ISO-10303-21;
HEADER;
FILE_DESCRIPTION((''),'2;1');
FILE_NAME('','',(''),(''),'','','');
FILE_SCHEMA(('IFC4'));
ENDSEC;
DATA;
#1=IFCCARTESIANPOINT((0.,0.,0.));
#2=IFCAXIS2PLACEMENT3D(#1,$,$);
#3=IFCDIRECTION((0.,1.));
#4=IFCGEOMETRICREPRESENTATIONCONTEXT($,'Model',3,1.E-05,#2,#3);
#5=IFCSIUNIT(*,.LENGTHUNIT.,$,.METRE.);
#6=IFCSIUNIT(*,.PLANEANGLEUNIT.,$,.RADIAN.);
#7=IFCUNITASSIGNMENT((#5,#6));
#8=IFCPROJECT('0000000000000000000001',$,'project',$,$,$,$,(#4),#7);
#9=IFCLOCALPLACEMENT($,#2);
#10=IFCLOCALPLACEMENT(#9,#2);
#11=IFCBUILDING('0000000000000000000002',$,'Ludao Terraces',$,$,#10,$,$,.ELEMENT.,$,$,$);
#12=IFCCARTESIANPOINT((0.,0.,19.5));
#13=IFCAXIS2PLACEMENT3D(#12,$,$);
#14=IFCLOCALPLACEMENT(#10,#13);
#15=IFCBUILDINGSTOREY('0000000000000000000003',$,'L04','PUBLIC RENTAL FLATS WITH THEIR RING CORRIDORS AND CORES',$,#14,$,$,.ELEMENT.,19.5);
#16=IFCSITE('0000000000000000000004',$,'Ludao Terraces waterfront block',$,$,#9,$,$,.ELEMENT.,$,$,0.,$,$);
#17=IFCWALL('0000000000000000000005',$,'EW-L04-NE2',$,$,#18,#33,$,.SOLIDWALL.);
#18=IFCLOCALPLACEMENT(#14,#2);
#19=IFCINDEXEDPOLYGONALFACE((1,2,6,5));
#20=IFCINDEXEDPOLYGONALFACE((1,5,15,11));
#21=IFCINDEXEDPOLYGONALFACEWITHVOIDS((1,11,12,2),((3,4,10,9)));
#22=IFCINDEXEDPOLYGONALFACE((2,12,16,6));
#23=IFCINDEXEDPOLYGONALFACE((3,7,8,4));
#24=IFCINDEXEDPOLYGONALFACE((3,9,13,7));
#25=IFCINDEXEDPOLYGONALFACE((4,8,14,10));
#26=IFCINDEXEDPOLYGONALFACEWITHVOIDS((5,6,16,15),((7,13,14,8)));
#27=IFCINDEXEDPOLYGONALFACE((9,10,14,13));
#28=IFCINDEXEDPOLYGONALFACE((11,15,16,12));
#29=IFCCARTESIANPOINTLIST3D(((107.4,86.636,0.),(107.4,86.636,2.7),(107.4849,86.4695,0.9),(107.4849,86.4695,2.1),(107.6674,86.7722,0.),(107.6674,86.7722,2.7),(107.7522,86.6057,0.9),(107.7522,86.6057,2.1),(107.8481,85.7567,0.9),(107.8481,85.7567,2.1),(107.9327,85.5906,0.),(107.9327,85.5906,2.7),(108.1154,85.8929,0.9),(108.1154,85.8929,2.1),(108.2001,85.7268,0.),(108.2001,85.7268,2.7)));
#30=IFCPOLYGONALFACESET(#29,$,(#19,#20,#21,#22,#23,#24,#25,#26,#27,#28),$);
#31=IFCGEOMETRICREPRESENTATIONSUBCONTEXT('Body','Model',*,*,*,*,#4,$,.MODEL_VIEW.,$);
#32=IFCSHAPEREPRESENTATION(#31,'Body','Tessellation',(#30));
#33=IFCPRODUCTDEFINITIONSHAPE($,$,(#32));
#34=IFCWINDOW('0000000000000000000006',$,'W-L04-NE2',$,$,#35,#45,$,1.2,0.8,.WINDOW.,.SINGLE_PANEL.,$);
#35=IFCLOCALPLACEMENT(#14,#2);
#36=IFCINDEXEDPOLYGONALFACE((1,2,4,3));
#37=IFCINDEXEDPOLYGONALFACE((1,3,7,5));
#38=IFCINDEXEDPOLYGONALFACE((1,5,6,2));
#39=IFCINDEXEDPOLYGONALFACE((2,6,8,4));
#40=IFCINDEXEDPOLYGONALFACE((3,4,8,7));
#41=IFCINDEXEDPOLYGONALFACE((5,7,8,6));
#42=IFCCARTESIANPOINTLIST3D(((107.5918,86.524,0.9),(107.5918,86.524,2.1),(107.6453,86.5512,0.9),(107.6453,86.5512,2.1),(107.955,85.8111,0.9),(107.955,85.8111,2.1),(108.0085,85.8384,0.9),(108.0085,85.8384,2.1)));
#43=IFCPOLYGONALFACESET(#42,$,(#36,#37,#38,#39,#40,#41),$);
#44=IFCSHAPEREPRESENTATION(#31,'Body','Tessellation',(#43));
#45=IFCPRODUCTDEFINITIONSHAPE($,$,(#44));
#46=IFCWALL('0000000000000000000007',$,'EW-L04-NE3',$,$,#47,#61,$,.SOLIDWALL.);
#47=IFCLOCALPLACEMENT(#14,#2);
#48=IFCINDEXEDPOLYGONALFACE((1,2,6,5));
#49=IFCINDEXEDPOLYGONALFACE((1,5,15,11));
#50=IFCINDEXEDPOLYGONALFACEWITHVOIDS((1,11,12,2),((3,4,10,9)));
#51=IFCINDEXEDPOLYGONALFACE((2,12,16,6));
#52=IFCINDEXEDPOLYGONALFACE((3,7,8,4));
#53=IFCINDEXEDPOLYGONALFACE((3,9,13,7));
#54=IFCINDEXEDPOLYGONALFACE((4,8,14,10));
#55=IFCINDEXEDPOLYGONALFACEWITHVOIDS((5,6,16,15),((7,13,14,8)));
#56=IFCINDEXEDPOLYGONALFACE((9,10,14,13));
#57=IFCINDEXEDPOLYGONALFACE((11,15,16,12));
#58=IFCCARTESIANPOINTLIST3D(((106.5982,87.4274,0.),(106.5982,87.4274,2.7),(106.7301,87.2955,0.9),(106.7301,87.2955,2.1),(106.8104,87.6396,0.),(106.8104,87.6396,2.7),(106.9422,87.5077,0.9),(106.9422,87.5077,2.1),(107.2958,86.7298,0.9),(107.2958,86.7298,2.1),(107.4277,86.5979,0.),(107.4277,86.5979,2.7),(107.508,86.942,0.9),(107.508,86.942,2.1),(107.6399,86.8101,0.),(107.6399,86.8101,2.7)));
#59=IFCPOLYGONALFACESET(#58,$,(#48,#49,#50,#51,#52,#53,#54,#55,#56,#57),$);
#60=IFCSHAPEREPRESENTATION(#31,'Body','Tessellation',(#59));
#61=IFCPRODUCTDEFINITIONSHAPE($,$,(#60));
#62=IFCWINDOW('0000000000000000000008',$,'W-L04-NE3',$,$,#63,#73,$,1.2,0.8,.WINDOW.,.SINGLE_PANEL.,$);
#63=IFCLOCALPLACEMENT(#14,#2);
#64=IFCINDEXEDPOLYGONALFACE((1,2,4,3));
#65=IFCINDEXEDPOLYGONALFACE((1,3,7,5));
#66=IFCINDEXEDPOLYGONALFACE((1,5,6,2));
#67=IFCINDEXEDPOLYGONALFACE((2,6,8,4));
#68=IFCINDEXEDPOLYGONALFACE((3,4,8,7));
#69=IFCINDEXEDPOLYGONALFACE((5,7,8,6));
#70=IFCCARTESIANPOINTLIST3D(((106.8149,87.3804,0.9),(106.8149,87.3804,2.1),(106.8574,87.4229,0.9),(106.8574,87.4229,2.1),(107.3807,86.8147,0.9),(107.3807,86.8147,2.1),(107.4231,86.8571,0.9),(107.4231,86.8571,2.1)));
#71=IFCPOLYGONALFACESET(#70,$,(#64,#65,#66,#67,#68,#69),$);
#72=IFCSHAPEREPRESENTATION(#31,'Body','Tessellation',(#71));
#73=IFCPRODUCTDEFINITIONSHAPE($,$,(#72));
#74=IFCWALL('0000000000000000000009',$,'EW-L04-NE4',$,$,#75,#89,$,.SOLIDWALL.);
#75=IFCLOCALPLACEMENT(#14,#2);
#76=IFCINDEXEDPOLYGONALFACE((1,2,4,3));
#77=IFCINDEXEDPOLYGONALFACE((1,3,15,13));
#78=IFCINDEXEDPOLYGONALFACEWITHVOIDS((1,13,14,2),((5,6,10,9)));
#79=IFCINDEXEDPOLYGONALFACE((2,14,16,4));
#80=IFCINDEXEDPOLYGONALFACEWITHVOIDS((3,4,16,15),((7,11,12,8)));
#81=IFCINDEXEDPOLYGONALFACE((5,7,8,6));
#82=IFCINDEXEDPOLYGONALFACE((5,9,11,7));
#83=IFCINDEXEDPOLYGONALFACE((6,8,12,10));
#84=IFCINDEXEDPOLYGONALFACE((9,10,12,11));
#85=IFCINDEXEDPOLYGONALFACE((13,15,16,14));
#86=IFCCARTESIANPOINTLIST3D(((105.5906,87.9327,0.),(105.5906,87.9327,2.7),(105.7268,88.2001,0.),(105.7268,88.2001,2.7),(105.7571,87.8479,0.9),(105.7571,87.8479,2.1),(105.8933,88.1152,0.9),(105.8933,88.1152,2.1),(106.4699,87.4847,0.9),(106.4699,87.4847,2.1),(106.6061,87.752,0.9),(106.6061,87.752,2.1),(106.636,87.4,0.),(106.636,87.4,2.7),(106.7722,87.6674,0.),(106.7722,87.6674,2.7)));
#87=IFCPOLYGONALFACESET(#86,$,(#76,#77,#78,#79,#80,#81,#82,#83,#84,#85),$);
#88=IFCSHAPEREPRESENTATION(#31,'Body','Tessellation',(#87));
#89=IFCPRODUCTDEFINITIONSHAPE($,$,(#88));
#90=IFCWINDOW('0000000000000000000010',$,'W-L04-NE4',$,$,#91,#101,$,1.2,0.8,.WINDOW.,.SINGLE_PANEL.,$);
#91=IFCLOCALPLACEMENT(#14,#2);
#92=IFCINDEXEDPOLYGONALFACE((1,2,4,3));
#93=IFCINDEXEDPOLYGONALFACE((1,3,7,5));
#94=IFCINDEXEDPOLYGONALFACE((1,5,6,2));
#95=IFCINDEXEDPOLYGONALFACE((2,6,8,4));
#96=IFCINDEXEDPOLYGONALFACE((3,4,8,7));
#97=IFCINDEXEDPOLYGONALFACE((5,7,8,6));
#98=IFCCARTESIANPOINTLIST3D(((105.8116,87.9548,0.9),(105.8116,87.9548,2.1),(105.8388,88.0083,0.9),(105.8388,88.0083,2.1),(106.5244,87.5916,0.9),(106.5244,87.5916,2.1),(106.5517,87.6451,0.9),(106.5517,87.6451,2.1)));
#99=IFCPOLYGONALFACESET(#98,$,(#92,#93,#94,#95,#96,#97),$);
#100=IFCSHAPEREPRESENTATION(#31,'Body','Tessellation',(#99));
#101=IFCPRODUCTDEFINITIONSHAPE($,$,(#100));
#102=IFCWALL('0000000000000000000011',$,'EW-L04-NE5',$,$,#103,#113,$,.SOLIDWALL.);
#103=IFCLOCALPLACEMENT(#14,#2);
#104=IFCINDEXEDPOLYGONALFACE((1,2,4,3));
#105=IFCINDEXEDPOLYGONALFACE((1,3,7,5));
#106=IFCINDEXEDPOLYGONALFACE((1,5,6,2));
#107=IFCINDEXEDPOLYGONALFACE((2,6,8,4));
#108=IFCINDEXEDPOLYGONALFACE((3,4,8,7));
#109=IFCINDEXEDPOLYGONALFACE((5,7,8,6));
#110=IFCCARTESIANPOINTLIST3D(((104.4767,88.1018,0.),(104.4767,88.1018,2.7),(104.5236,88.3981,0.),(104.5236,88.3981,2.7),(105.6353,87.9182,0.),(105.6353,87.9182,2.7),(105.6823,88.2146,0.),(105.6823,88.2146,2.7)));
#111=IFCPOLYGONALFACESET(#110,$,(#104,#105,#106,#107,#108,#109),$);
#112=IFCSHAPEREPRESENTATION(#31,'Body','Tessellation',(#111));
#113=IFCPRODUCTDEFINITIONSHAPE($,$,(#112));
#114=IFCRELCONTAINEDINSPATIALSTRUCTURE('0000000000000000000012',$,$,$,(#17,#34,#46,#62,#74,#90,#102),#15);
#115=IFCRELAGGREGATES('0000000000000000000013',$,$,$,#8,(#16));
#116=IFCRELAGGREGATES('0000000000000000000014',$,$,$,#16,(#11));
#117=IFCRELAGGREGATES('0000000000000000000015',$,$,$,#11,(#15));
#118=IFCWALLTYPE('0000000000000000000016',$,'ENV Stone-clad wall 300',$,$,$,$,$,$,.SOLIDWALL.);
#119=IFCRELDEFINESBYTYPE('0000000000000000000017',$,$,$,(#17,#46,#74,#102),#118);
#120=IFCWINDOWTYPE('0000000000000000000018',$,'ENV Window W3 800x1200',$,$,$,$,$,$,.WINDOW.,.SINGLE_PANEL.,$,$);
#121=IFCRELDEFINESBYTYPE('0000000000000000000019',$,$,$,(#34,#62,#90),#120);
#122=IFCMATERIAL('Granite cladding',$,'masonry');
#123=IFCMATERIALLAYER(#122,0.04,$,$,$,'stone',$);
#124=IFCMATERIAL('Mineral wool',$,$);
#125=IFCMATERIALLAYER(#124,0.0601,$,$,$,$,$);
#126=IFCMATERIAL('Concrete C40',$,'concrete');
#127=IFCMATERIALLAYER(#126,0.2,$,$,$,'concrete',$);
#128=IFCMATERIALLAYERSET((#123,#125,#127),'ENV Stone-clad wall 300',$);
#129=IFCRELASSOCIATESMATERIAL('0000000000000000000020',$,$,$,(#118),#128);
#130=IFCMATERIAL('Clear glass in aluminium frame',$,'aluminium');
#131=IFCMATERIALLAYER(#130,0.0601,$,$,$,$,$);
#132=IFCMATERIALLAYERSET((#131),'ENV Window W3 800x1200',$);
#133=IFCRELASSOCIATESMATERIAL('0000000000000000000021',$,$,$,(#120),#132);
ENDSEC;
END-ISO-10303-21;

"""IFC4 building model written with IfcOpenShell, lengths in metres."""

from ifc_helpers import new_model, si_unit, direction, frame, frame_2d, origin, place, context, subcontext, project, spatial, rectangle, extrude, material, layer, layer_set, type_object, element, fill, save


model = new_model("IFC4")

# Units and contexts
model_context = context("Model", 3, precision=1e-05, world=origin(), true_north=direction((0.0, 1.0)))
body_context = subcontext(model_context, "Body", "Model", "MODEL_VIEW")
ifc_project = project(units=[si_unit("LENGTHUNIT", "METRE"), si_unit("PLANEANGLEUNIT", "RADIAN")], contexts=[model_context])

# Site, building, storey
site_placement = place(None, origin())
site = spatial("IfcSite", under=ifc_project, at=site_placement, Name="Ludao Terraces waterfront block", CompositionType="ELEMENT", RefElevation=0.0)
building_placement = place(site_placement, origin())
building = spatial("IfcBuilding", under=site, at=building_placement, Name="Ludao Terraces", CompositionType="ELEMENT")
storey_placement = place(building_placement, frame((0.0, 0.0, 19.5)))
storey = spatial("IfcBuildingStorey", under=building, at=storey_placement, Name="L04", Description="PUBLIC RENTAL FLATS WITH THEIR RING CORRIDORS AND CORES", CompositionType="ELEMENT", Elevation=19.5)

# Shared definitions
ifc_material_1 = material(Name="Concrete C40", Category="concrete")

# Shared definitions
ifc_material_2 = material(Name="Granite cladding", Category="masonry")
ifc_layer_1 = layer(ifc_material_2, 0.04, Category="stone")
ifc_material_3 = material(Name="Mineral wool")
ifc_layer_2 = layer(ifc_material_3, 0.0601)
ifc_layer_3 = layer(ifc_material_1, 0.2, Category="concrete")
ifc_layer_set_1 = layer_set([ifc_layer_1, ifc_layer_2, ifc_layer_3], Name="ENV Stone-clad wall 300")
wall_type_1 = type_object("IfcWallType", Name="ENV Stone-clad wall 300", PredefinedType="SOLIDWALL", material=ifc_layer_set_1)
ifc_material_4 = material(Name="Clear glass in aluminium frame", Category="aluminium")

# Walls, openings, windows
wall_1_placement = place(storey_placement, frame((108.0664, 85.6587, 0.0), z_axis=(0.0, 0.0, 1.0), x_axis=(-0.454026, 0.890989, 0.0)))
wall_1 = element("IfcWall", 1, at=wall_1_placement, inside=storey, type_object=wall_type_1, Name="EW-L04-NE2", PredefinedType="SOLIDWALL", context=body_context, shape_type="SweptSolid", body=[
    extrude(rectangle(XDim=1.1733, YDim=0.3, at=frame_2d((0.5867, 0.0))), origin(), (0.0, 0.0, 1.0), 2.7),
])
opening_1_placement = place(wall_1_placement, frame((0.1865, 0.0, 0.8999)))
opening_1 = element("IfcOpeningElement", 2, at=opening_1_placement, cuts=wall_1, PredefinedType="OPENING", context=body_context, shape_type="SweptSolid", body=[
    extrude(rectangle(XDim=0.8, YDim=1.2, at=frame_2d((0.3999, 0.6001))), frame((0.0, 0.1602, 0.0), z_axis=(0.0, -1.0, 0.0), x_axis=(1.0, 0.0, 0.0)), (0.0, 0.0, 1.0), 0.3201),
])
ifc_layer_4 = layer(ifc_material_4, 0.0601)
ifc_layer_set_2 = layer_set([ifc_layer_4], Name="ENV Window W3 800x1200")
window_type_1 = type_object("IfcWindowType", Name="ENV Window W3 800x1200", PartitioningType="SINGLE_PANEL", PredefinedType="WINDOW", material=ifc_layer_set_2)
window_1_placement = place(opening_1_placement, origin())
window_1 = element("IfcWindow", 3, at=window_1_placement, inside=storey, type_object=window_type_1, Name="W-L04-NE2", OverallHeight=1.2, OverallWidth=0.8, PartitioningType="SINGLE_PANEL", PredefinedType="WINDOW", context=body_context, shape_type="SweptSolid", body=[
    extrude(rectangle(XDim=0.8, YDim=1.2, at=frame_2d((0.3999, 0.6001))), frame((0.0, 0.03, 0.0), z_axis=(0.0, -1.0, 0.0), x_axis=(1.0, 0.0, 0.0)), (0.0, 0.0, 1.0), 0.0601),
])
fill(opening_1, window_1)
wall_2_placement = place(storey_placement, frame((107.5337, 86.7041, 0.0), z_axis=(0.0, 0.0, 1.0), x_axis=(-0.707107, 0.707107, 0.0)))
wall_2 = element("IfcWall", 4, at=wall_2_placement, inside=storey, type_object=wall_type_1, Name="EW-L04-NE3", PredefinedType="SOLIDWALL", context=body_context, shape_type="SweptSolid", body=[
    extrude(rectangle(XDim=1.1731, YDim=0.3, at=frame_2d((0.5864, 0.0))), origin(), (0.0, 0.0, 1.0), 2.7),
])
opening_2_placement = place(wall_2_placement, frame((0.1865, 0.0, 0.8999)))
opening_2 = element("IfcOpeningElement", 5, at=opening_2_placement, cuts=wall_2, PredefinedType="OPENING", context=body_context, shape_type="SweptSolid", body=[
    extrude(rectangle(XDim=0.8, YDim=1.2, at=frame_2d((0.3999, 0.6001))), frame((0.0, 0.1602, 0.0), z_axis=(0.0, -1.0, 0.0), x_axis=(1.0, 0.0, 0.0)), (0.0, 0.0, 1.0), 0.3201),
])
window_2_placement = place(opening_2_placement, origin())
window_2 = element("IfcWindow", 6, at=window_2_placement, inside=storey, type_object=window_type_1, Name="W-L04-NE3", OverallHeight=1.2, OverallWidth=0.8, PartitioningType="SINGLE_PANEL", PredefinedType="WINDOW", context=body_context, shape_type="SweptSolid", body=[
    extrude(rectangle(XDim=0.8, YDim=1.2, at=frame_2d((0.3999, 0.6001))), frame((0.0, 0.03, 0.0), z_axis=(0.0, -1.0, 0.0), x_axis=(1.0, 0.0, 0.0)), (0.0, 0.0, 1.0), 0.0601),
])
fill(opening_2, window_2)
wall_3_placement = place(storey_placement, frame((106.7041, 87.5337, 0.0), z_axis=(0.0, 0.0, 1.0), x_axis=(-0.890989, 0.454026, 0.0)))
wall_3 = element("IfcWall", 7, at=wall_3_placement, inside=storey, type_object=wall_type_1, Name="EW-L04-NE4", PredefinedType="SOLIDWALL", context=body_context, shape_type="SweptSolid", body=[
    extrude(rectangle(XDim=1.1733, YDim=0.3, at=frame_2d((0.5867, 0.0))), origin(), (0.0, 0.0, 1.0), 2.7),
])
opening_3_placement = place(wall_3_placement, frame((0.1865, 0.0, 0.8999)))
opening_3 = element("IfcOpeningElement", 8, at=opening_3_placement, cuts=wall_3, PredefinedType="OPENING", context=body_context, shape_type="SweptSolid", body=[
    extrude(rectangle(XDim=0.8, YDim=1.2, at=frame_2d((0.3999, 0.6001))), frame((0.0, 0.1602, 0.0), z_axis=(0.0, -1.0, 0.0), x_axis=(1.0, 0.0, 0.0)), (0.0, 0.0, 1.0), 0.3201),
])
window_3_placement = place(opening_3_placement, origin())
window_3 = element("IfcWindow", 9, at=window_3_placement, inside=storey, type_object=window_type_1, Name="W-L04-NE4", OverallHeight=1.2, OverallWidth=0.8, PartitioningType="SINGLE_PANEL", PredefinedType="WINDOW", context=body_context, shape_type="SweptSolid", body=[
    extrude(rectangle(XDim=0.8, YDim=1.2, at=frame_2d((0.3999, 0.6001))), frame((0.0, 0.03, 0.0), z_axis=(0.0, -1.0, 0.0), x_axis=(1.0, 0.0, 0.0)), (0.0, 0.0, 1.0), 0.0601),
])
fill(opening_3, window_3)

# Wall
wall_4_placement = place(storey_placement, frame((105.6587, 88.0664, 0.0), z_axis=(0.0, 0.0, 1.0), x_axis=(-0.987678, 0.156497, 0.0)))
element("IfcWall", 10, at=wall_4_placement, inside=storey, type_object=wall_type_1, Name="EW-L04-NE5", PredefinedType="SOLIDWALL", context=body_context, shape_type="SweptSolid", body=[
    extrude(rectangle(XDim=1.1731, YDim=0.3, at=frame_2d((0.5864, 0.0))), origin(), (0.0, 0.0, 1.0), 2.7),
])

save(model, "model.ifc")
